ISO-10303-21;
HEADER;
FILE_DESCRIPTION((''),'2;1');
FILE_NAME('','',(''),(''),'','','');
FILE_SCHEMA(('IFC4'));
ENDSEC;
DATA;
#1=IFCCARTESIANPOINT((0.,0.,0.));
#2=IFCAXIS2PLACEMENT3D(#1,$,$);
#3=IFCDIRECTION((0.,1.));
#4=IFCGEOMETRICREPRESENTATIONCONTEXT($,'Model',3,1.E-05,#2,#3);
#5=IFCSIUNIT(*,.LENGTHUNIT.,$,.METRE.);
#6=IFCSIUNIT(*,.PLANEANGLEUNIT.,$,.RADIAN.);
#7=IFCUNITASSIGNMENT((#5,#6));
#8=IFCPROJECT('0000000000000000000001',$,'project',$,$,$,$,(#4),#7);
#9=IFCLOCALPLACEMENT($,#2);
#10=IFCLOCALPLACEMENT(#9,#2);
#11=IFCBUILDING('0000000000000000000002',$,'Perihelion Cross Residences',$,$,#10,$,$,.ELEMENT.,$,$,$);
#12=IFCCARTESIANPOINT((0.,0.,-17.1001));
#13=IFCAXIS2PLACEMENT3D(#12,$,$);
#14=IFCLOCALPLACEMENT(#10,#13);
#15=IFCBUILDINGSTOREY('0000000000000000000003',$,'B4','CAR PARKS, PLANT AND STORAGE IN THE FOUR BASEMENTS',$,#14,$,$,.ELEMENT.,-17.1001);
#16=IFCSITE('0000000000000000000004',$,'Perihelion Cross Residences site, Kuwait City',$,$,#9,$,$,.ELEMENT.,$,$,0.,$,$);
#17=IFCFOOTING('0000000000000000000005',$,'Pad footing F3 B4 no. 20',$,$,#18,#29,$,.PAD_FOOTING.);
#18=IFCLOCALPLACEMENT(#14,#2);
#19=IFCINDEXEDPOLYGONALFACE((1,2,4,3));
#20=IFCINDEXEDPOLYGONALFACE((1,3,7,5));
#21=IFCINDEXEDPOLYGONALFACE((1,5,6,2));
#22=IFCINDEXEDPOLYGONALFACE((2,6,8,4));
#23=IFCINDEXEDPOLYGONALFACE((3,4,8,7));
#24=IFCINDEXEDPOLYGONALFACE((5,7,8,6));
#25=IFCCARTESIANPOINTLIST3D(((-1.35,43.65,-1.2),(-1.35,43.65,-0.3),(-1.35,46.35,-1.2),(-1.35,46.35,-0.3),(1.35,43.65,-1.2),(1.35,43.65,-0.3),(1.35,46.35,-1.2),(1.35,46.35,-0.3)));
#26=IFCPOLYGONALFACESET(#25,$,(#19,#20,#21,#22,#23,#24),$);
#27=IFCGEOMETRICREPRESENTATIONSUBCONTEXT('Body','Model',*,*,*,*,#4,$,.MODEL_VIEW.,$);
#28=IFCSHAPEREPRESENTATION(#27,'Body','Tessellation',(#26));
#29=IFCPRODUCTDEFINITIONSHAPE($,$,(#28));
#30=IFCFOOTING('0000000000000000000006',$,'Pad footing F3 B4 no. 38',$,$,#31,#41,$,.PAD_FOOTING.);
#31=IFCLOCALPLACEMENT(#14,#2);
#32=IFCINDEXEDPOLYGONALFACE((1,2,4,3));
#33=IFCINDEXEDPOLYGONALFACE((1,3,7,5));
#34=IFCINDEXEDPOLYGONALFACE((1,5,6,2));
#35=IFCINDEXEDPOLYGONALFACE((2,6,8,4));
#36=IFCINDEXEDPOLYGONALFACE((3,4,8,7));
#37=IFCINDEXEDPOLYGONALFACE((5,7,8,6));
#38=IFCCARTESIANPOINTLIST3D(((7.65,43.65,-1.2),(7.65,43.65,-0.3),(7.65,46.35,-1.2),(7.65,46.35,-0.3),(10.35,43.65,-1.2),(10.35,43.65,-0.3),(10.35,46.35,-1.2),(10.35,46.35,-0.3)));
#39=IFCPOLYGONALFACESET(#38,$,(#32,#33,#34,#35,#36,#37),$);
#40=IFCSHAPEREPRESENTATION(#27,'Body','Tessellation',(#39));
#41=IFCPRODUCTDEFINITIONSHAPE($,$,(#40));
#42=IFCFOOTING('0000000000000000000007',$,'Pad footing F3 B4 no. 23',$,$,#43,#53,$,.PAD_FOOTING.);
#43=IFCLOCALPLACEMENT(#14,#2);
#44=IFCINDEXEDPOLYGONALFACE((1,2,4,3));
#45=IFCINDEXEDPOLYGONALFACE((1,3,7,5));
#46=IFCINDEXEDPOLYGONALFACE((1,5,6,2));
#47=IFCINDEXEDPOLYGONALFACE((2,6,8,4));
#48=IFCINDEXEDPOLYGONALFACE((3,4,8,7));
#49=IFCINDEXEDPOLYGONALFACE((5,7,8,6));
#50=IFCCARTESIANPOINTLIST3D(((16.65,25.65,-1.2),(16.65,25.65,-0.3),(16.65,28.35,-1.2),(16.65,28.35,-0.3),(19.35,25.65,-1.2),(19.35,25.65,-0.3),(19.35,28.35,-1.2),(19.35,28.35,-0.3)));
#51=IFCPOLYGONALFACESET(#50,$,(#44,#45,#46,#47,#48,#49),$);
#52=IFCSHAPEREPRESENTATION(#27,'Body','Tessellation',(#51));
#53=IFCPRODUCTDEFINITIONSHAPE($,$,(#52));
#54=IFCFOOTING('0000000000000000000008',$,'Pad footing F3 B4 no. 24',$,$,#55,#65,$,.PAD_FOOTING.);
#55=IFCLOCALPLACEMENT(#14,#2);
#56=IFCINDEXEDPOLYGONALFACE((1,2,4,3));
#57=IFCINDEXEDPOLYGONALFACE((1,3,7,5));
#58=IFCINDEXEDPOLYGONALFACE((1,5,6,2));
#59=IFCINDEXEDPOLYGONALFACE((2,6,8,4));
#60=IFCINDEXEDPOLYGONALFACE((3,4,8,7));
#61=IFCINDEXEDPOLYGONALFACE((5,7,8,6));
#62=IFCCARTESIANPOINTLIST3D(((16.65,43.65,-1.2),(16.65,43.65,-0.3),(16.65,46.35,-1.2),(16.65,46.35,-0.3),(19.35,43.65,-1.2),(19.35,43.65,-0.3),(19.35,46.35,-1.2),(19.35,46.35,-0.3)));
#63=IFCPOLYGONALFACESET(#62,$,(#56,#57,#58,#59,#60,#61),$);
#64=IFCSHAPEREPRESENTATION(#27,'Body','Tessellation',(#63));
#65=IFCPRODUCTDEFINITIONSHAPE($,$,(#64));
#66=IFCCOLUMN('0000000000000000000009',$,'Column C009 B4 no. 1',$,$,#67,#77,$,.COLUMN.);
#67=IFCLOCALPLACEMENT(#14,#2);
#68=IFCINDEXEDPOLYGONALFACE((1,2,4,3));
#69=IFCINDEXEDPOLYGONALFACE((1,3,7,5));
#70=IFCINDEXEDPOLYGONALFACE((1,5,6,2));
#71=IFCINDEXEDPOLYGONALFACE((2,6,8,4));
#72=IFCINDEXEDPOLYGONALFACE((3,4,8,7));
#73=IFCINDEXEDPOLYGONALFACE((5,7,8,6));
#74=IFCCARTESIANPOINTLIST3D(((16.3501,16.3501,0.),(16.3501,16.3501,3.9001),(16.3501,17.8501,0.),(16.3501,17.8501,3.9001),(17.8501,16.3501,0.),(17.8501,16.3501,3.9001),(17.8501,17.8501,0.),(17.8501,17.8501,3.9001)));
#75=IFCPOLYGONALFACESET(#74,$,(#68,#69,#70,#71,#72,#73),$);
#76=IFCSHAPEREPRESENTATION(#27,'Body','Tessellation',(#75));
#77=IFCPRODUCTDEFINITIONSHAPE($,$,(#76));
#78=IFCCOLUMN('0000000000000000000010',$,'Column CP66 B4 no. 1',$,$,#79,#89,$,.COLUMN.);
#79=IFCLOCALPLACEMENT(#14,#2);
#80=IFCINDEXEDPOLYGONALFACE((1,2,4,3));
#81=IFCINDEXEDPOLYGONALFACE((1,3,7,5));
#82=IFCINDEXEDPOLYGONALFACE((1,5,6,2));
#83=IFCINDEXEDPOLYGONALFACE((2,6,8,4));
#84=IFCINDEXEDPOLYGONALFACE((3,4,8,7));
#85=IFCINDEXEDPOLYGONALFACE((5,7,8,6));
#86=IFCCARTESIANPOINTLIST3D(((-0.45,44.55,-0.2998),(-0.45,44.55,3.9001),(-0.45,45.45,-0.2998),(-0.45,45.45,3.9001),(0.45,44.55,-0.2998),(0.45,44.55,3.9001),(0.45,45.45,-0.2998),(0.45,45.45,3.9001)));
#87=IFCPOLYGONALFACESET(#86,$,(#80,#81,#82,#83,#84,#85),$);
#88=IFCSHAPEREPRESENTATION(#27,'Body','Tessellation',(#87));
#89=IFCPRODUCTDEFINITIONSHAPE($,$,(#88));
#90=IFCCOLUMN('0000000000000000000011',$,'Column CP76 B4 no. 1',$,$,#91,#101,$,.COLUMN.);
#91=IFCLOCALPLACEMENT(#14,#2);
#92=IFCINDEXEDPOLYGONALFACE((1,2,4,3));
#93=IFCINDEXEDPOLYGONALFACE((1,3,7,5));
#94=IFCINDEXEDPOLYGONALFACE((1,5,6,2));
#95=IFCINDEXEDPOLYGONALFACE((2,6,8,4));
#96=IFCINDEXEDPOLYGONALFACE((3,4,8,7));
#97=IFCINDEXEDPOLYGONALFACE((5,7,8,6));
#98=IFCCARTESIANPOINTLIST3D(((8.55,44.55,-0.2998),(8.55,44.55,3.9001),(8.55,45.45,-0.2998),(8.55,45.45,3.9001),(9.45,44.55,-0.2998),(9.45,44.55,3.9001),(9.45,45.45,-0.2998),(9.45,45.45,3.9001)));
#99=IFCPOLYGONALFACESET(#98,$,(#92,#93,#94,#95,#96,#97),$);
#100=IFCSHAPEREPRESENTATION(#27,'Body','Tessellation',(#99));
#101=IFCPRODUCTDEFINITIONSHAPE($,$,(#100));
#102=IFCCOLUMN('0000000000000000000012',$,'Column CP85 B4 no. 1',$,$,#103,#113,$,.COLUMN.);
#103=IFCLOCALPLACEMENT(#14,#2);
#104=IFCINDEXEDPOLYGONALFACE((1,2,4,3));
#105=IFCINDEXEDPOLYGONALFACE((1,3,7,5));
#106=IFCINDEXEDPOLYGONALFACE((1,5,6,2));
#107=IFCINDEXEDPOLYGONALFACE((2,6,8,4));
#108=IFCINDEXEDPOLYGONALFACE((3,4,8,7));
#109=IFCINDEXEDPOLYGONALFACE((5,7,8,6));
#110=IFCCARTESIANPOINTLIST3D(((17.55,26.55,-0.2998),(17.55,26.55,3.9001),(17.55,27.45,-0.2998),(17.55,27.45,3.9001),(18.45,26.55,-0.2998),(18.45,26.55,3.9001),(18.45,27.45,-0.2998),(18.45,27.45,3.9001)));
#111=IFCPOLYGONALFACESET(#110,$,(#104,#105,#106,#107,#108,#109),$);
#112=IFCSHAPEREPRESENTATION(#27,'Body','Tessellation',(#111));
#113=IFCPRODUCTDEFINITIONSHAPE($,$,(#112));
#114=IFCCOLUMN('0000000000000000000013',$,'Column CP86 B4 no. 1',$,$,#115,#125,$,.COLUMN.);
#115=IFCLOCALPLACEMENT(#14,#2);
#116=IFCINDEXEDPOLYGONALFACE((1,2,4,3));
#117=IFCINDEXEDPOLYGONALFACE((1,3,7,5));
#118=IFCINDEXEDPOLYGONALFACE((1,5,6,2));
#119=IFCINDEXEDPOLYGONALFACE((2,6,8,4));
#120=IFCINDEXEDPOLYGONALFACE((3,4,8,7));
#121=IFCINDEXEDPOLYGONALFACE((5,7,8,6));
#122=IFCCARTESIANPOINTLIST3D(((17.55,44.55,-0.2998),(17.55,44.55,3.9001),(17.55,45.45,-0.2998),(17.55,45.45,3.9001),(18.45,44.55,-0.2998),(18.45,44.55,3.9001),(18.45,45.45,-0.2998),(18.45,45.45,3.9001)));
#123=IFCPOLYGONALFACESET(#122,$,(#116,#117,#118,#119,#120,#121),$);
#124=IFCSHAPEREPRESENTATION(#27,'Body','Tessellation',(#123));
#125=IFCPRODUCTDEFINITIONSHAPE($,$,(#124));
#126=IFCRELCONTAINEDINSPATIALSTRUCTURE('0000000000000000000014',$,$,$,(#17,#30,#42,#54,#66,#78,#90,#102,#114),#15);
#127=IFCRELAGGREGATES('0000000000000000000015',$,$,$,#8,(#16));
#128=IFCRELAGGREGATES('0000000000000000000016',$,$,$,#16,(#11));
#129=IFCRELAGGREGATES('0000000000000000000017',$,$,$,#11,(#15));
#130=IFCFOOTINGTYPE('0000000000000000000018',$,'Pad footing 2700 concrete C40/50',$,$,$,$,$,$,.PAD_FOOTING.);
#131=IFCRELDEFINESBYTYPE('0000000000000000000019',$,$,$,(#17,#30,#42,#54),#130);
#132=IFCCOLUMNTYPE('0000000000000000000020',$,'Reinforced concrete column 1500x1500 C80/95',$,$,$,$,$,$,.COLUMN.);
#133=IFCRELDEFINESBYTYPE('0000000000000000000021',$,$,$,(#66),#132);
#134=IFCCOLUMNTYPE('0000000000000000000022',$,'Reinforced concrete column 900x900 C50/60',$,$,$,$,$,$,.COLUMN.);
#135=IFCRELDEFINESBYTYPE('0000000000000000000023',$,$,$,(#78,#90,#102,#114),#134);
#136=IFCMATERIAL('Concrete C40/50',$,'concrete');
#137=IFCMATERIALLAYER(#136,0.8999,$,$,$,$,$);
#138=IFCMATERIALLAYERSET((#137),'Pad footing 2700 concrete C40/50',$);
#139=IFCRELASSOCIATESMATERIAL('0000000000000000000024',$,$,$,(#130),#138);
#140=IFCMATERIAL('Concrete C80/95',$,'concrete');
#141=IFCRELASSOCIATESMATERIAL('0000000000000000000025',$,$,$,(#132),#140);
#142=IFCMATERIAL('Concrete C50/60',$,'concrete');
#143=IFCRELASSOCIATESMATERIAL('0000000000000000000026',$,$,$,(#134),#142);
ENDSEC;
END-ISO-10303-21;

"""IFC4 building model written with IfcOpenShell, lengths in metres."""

from ifc_helpers import new_model, si_unit, direction, frame, origin, origin_2d, place, context, subcontext, project, spatial, rectangle, extrude, material, layer, layer_set, material_profile, profile_set, type_object, element, save


model = new_model("IFC4")

# Units and contexts
model_context = context("Model", 3, precision=1e-05, world=origin(), true_north=direction((0.0, 1.0)))
body_context = subcontext(model_context, "Body", "Model", "MODEL_VIEW")
ifc_project = project(units=[si_unit("LENGTHUNIT", "METRE"), si_unit("PLANEANGLEUNIT", "RADIAN")], contexts=[model_context])

# Site, building, storey
site_placement = place(None, origin())
site = spatial("IfcSite", under=ifc_project, at=site_placement, Name="Perihelion Cross Residences site, Kuwait City", CompositionType="ELEMENT", RefElevation=0.0)
building_placement = place(site_placement, origin())
building = spatial("IfcBuilding", under=site, at=building_placement, Name="Perihelion Cross Residences", CompositionType="ELEMENT")
storey_placement = place(building_placement, frame((0.0, 0.0, -17.1001)))
storey = spatial("IfcBuildingStorey", under=building, at=storey_placement, Name="B4", Description="CAR PARKS, PLANT AND STORAGE IN THE FOUR BASEMENTS", CompositionType="ELEMENT", Elevation=-17.1001)

# Footings
ifc_material_1 = material(Name="Concrete C40/50", Category="concrete")
ifc_layer = layer(ifc_material_1, 0.8999)
ifc_layer_set = layer_set([ifc_layer], Name="Pad footing 2700 concrete C40/50")
footing_type = type_object("IfcFootingType", Name="Pad footing 2700 concrete C40/50", PredefinedType="PAD_FOOTING", material=ifc_layer_set)
for number, where, z_axis, x_axis, name in (
    (1, (0.0, 45.0, -1.2), (0.0, 0.0, 1.0), (1.0, 0.0, 0.0), "Pad footing F3 B4 no. 20"),
    (2, (9.0, 45.0, -1.2), (0.0, 0.0, 1.0), (1.0, 0.0, 0.0), "Pad footing F3 B4 no. 38"),
    (3, (18.0, 27.0, -1.2), (0.0, 0.0, 1.0), (1.0, 0.0, 0.0), "Pad footing F3 B4 no. 23"),
    (4, (18.0, 45.0, -1.2), (0.0, 0.0, 1.0), (1.0, 0.0, 0.0), "Pad footing F3 B4 no. 24"),
):
    element("IfcFooting", number, at=place(storey_placement, frame(where, z_axis=z_axis, x_axis=x_axis)), inside=storey, type_object=footing_type, Name=name, PredefinedType="PAD_FOOTING", context=body_context, shape_type="SweptSolid", body=[
        extrude(rectangle(XDim=2.7, YDim=2.7, at=origin_2d()), origin(), (0.0, 0.0, 1.0), 0.8999),
    ])

# Columns
ifc_material_2 = material(Name="Concrete C80/95", Category="concrete")
ifc_material_profile_1 = material_profile(ifc_material_2, rectangle(XDim=1.5, YDim=1.5, at=origin_2d()), Name="RC 1500x1500")
ifc_profile_set_1 = profile_set([ifc_material_profile_1], Name="Concrete C80/95")
column_type_1 = type_object("IfcColumnType", Name="Reinforced concrete column 1500x1500 C80/95", PredefinedType="COLUMN", material=ifc_profile_set_1)
column_placement = place(storey_placement, frame((17.1001, 17.1001, 0.0), z_axis=(0.0, 0.0, 1.0), x_axis=(1.0, 0.0, 0.0)))
element("IfcColumn", 5, at=column_placement, inside=storey, type_object=column_type_1, Name="Column C009 B4 no. 1", PredefinedType="COLUMN", context=body_context, shape_type="SweptSolid", body=[
    extrude(rectangle(XDim=1.5, YDim=1.5, at=origin_2d()), origin(), (0.0, 0.0, 1.0), 3.9001),
])
ifc_material_3 = material(Name="Concrete C50/60", Category="concrete")
ifc_material_profile_2 = material_profile(ifc_material_3, rectangle(XDim=0.8999, YDim=0.8999, at=origin_2d()), Name="RC 900x900")
ifc_profile_set_2 = profile_set([ifc_material_profile_2], Name="Concrete C50/60")
column_type_2 = type_object("IfcColumnType", Name="Reinforced concrete column 900x900 C50/60", PredefinedType="COLUMN", material=ifc_profile_set_2)
for number, where, z_axis, x_axis, name in (
    (6, (0.0, 45.0, -0.2998), (0.0, 0.0, 1.0), (1.0, 0.0, 0.0), "Column CP66 B4 no. 1"),
    (7, (9.0, 45.0, -0.2998), (0.0, 0.0, 1.0), (1.0, 0.0, 0.0), "Column CP76 B4 no. 1"),
    (8, (18.0, 27.0, -0.2998), (0.0, 0.0, 1.0), (1.0, 0.0, 0.0), "Column CP85 B4 no. 1"),
    (9, (18.0, 45.0, -0.2998), (0.0, 0.0, 1.0), (1.0, 0.0, 0.0), "Column CP86 B4 no. 1"),
):
    element("IfcColumn", number, at=place(storey_placement, frame(where, z_axis=z_axis, x_axis=x_axis)), inside=storey, type_object=column_type_2, Name=name, PredefinedType="COLUMN", context=body_context, shape_type="SweptSolid", body=[
        extrude(rectangle(XDim=0.8999, YDim=0.8999, at=origin_2d()), origin(), (0.0, 0.0, 1.0), 4.2),
    ])

save(model, "model.ifc")
